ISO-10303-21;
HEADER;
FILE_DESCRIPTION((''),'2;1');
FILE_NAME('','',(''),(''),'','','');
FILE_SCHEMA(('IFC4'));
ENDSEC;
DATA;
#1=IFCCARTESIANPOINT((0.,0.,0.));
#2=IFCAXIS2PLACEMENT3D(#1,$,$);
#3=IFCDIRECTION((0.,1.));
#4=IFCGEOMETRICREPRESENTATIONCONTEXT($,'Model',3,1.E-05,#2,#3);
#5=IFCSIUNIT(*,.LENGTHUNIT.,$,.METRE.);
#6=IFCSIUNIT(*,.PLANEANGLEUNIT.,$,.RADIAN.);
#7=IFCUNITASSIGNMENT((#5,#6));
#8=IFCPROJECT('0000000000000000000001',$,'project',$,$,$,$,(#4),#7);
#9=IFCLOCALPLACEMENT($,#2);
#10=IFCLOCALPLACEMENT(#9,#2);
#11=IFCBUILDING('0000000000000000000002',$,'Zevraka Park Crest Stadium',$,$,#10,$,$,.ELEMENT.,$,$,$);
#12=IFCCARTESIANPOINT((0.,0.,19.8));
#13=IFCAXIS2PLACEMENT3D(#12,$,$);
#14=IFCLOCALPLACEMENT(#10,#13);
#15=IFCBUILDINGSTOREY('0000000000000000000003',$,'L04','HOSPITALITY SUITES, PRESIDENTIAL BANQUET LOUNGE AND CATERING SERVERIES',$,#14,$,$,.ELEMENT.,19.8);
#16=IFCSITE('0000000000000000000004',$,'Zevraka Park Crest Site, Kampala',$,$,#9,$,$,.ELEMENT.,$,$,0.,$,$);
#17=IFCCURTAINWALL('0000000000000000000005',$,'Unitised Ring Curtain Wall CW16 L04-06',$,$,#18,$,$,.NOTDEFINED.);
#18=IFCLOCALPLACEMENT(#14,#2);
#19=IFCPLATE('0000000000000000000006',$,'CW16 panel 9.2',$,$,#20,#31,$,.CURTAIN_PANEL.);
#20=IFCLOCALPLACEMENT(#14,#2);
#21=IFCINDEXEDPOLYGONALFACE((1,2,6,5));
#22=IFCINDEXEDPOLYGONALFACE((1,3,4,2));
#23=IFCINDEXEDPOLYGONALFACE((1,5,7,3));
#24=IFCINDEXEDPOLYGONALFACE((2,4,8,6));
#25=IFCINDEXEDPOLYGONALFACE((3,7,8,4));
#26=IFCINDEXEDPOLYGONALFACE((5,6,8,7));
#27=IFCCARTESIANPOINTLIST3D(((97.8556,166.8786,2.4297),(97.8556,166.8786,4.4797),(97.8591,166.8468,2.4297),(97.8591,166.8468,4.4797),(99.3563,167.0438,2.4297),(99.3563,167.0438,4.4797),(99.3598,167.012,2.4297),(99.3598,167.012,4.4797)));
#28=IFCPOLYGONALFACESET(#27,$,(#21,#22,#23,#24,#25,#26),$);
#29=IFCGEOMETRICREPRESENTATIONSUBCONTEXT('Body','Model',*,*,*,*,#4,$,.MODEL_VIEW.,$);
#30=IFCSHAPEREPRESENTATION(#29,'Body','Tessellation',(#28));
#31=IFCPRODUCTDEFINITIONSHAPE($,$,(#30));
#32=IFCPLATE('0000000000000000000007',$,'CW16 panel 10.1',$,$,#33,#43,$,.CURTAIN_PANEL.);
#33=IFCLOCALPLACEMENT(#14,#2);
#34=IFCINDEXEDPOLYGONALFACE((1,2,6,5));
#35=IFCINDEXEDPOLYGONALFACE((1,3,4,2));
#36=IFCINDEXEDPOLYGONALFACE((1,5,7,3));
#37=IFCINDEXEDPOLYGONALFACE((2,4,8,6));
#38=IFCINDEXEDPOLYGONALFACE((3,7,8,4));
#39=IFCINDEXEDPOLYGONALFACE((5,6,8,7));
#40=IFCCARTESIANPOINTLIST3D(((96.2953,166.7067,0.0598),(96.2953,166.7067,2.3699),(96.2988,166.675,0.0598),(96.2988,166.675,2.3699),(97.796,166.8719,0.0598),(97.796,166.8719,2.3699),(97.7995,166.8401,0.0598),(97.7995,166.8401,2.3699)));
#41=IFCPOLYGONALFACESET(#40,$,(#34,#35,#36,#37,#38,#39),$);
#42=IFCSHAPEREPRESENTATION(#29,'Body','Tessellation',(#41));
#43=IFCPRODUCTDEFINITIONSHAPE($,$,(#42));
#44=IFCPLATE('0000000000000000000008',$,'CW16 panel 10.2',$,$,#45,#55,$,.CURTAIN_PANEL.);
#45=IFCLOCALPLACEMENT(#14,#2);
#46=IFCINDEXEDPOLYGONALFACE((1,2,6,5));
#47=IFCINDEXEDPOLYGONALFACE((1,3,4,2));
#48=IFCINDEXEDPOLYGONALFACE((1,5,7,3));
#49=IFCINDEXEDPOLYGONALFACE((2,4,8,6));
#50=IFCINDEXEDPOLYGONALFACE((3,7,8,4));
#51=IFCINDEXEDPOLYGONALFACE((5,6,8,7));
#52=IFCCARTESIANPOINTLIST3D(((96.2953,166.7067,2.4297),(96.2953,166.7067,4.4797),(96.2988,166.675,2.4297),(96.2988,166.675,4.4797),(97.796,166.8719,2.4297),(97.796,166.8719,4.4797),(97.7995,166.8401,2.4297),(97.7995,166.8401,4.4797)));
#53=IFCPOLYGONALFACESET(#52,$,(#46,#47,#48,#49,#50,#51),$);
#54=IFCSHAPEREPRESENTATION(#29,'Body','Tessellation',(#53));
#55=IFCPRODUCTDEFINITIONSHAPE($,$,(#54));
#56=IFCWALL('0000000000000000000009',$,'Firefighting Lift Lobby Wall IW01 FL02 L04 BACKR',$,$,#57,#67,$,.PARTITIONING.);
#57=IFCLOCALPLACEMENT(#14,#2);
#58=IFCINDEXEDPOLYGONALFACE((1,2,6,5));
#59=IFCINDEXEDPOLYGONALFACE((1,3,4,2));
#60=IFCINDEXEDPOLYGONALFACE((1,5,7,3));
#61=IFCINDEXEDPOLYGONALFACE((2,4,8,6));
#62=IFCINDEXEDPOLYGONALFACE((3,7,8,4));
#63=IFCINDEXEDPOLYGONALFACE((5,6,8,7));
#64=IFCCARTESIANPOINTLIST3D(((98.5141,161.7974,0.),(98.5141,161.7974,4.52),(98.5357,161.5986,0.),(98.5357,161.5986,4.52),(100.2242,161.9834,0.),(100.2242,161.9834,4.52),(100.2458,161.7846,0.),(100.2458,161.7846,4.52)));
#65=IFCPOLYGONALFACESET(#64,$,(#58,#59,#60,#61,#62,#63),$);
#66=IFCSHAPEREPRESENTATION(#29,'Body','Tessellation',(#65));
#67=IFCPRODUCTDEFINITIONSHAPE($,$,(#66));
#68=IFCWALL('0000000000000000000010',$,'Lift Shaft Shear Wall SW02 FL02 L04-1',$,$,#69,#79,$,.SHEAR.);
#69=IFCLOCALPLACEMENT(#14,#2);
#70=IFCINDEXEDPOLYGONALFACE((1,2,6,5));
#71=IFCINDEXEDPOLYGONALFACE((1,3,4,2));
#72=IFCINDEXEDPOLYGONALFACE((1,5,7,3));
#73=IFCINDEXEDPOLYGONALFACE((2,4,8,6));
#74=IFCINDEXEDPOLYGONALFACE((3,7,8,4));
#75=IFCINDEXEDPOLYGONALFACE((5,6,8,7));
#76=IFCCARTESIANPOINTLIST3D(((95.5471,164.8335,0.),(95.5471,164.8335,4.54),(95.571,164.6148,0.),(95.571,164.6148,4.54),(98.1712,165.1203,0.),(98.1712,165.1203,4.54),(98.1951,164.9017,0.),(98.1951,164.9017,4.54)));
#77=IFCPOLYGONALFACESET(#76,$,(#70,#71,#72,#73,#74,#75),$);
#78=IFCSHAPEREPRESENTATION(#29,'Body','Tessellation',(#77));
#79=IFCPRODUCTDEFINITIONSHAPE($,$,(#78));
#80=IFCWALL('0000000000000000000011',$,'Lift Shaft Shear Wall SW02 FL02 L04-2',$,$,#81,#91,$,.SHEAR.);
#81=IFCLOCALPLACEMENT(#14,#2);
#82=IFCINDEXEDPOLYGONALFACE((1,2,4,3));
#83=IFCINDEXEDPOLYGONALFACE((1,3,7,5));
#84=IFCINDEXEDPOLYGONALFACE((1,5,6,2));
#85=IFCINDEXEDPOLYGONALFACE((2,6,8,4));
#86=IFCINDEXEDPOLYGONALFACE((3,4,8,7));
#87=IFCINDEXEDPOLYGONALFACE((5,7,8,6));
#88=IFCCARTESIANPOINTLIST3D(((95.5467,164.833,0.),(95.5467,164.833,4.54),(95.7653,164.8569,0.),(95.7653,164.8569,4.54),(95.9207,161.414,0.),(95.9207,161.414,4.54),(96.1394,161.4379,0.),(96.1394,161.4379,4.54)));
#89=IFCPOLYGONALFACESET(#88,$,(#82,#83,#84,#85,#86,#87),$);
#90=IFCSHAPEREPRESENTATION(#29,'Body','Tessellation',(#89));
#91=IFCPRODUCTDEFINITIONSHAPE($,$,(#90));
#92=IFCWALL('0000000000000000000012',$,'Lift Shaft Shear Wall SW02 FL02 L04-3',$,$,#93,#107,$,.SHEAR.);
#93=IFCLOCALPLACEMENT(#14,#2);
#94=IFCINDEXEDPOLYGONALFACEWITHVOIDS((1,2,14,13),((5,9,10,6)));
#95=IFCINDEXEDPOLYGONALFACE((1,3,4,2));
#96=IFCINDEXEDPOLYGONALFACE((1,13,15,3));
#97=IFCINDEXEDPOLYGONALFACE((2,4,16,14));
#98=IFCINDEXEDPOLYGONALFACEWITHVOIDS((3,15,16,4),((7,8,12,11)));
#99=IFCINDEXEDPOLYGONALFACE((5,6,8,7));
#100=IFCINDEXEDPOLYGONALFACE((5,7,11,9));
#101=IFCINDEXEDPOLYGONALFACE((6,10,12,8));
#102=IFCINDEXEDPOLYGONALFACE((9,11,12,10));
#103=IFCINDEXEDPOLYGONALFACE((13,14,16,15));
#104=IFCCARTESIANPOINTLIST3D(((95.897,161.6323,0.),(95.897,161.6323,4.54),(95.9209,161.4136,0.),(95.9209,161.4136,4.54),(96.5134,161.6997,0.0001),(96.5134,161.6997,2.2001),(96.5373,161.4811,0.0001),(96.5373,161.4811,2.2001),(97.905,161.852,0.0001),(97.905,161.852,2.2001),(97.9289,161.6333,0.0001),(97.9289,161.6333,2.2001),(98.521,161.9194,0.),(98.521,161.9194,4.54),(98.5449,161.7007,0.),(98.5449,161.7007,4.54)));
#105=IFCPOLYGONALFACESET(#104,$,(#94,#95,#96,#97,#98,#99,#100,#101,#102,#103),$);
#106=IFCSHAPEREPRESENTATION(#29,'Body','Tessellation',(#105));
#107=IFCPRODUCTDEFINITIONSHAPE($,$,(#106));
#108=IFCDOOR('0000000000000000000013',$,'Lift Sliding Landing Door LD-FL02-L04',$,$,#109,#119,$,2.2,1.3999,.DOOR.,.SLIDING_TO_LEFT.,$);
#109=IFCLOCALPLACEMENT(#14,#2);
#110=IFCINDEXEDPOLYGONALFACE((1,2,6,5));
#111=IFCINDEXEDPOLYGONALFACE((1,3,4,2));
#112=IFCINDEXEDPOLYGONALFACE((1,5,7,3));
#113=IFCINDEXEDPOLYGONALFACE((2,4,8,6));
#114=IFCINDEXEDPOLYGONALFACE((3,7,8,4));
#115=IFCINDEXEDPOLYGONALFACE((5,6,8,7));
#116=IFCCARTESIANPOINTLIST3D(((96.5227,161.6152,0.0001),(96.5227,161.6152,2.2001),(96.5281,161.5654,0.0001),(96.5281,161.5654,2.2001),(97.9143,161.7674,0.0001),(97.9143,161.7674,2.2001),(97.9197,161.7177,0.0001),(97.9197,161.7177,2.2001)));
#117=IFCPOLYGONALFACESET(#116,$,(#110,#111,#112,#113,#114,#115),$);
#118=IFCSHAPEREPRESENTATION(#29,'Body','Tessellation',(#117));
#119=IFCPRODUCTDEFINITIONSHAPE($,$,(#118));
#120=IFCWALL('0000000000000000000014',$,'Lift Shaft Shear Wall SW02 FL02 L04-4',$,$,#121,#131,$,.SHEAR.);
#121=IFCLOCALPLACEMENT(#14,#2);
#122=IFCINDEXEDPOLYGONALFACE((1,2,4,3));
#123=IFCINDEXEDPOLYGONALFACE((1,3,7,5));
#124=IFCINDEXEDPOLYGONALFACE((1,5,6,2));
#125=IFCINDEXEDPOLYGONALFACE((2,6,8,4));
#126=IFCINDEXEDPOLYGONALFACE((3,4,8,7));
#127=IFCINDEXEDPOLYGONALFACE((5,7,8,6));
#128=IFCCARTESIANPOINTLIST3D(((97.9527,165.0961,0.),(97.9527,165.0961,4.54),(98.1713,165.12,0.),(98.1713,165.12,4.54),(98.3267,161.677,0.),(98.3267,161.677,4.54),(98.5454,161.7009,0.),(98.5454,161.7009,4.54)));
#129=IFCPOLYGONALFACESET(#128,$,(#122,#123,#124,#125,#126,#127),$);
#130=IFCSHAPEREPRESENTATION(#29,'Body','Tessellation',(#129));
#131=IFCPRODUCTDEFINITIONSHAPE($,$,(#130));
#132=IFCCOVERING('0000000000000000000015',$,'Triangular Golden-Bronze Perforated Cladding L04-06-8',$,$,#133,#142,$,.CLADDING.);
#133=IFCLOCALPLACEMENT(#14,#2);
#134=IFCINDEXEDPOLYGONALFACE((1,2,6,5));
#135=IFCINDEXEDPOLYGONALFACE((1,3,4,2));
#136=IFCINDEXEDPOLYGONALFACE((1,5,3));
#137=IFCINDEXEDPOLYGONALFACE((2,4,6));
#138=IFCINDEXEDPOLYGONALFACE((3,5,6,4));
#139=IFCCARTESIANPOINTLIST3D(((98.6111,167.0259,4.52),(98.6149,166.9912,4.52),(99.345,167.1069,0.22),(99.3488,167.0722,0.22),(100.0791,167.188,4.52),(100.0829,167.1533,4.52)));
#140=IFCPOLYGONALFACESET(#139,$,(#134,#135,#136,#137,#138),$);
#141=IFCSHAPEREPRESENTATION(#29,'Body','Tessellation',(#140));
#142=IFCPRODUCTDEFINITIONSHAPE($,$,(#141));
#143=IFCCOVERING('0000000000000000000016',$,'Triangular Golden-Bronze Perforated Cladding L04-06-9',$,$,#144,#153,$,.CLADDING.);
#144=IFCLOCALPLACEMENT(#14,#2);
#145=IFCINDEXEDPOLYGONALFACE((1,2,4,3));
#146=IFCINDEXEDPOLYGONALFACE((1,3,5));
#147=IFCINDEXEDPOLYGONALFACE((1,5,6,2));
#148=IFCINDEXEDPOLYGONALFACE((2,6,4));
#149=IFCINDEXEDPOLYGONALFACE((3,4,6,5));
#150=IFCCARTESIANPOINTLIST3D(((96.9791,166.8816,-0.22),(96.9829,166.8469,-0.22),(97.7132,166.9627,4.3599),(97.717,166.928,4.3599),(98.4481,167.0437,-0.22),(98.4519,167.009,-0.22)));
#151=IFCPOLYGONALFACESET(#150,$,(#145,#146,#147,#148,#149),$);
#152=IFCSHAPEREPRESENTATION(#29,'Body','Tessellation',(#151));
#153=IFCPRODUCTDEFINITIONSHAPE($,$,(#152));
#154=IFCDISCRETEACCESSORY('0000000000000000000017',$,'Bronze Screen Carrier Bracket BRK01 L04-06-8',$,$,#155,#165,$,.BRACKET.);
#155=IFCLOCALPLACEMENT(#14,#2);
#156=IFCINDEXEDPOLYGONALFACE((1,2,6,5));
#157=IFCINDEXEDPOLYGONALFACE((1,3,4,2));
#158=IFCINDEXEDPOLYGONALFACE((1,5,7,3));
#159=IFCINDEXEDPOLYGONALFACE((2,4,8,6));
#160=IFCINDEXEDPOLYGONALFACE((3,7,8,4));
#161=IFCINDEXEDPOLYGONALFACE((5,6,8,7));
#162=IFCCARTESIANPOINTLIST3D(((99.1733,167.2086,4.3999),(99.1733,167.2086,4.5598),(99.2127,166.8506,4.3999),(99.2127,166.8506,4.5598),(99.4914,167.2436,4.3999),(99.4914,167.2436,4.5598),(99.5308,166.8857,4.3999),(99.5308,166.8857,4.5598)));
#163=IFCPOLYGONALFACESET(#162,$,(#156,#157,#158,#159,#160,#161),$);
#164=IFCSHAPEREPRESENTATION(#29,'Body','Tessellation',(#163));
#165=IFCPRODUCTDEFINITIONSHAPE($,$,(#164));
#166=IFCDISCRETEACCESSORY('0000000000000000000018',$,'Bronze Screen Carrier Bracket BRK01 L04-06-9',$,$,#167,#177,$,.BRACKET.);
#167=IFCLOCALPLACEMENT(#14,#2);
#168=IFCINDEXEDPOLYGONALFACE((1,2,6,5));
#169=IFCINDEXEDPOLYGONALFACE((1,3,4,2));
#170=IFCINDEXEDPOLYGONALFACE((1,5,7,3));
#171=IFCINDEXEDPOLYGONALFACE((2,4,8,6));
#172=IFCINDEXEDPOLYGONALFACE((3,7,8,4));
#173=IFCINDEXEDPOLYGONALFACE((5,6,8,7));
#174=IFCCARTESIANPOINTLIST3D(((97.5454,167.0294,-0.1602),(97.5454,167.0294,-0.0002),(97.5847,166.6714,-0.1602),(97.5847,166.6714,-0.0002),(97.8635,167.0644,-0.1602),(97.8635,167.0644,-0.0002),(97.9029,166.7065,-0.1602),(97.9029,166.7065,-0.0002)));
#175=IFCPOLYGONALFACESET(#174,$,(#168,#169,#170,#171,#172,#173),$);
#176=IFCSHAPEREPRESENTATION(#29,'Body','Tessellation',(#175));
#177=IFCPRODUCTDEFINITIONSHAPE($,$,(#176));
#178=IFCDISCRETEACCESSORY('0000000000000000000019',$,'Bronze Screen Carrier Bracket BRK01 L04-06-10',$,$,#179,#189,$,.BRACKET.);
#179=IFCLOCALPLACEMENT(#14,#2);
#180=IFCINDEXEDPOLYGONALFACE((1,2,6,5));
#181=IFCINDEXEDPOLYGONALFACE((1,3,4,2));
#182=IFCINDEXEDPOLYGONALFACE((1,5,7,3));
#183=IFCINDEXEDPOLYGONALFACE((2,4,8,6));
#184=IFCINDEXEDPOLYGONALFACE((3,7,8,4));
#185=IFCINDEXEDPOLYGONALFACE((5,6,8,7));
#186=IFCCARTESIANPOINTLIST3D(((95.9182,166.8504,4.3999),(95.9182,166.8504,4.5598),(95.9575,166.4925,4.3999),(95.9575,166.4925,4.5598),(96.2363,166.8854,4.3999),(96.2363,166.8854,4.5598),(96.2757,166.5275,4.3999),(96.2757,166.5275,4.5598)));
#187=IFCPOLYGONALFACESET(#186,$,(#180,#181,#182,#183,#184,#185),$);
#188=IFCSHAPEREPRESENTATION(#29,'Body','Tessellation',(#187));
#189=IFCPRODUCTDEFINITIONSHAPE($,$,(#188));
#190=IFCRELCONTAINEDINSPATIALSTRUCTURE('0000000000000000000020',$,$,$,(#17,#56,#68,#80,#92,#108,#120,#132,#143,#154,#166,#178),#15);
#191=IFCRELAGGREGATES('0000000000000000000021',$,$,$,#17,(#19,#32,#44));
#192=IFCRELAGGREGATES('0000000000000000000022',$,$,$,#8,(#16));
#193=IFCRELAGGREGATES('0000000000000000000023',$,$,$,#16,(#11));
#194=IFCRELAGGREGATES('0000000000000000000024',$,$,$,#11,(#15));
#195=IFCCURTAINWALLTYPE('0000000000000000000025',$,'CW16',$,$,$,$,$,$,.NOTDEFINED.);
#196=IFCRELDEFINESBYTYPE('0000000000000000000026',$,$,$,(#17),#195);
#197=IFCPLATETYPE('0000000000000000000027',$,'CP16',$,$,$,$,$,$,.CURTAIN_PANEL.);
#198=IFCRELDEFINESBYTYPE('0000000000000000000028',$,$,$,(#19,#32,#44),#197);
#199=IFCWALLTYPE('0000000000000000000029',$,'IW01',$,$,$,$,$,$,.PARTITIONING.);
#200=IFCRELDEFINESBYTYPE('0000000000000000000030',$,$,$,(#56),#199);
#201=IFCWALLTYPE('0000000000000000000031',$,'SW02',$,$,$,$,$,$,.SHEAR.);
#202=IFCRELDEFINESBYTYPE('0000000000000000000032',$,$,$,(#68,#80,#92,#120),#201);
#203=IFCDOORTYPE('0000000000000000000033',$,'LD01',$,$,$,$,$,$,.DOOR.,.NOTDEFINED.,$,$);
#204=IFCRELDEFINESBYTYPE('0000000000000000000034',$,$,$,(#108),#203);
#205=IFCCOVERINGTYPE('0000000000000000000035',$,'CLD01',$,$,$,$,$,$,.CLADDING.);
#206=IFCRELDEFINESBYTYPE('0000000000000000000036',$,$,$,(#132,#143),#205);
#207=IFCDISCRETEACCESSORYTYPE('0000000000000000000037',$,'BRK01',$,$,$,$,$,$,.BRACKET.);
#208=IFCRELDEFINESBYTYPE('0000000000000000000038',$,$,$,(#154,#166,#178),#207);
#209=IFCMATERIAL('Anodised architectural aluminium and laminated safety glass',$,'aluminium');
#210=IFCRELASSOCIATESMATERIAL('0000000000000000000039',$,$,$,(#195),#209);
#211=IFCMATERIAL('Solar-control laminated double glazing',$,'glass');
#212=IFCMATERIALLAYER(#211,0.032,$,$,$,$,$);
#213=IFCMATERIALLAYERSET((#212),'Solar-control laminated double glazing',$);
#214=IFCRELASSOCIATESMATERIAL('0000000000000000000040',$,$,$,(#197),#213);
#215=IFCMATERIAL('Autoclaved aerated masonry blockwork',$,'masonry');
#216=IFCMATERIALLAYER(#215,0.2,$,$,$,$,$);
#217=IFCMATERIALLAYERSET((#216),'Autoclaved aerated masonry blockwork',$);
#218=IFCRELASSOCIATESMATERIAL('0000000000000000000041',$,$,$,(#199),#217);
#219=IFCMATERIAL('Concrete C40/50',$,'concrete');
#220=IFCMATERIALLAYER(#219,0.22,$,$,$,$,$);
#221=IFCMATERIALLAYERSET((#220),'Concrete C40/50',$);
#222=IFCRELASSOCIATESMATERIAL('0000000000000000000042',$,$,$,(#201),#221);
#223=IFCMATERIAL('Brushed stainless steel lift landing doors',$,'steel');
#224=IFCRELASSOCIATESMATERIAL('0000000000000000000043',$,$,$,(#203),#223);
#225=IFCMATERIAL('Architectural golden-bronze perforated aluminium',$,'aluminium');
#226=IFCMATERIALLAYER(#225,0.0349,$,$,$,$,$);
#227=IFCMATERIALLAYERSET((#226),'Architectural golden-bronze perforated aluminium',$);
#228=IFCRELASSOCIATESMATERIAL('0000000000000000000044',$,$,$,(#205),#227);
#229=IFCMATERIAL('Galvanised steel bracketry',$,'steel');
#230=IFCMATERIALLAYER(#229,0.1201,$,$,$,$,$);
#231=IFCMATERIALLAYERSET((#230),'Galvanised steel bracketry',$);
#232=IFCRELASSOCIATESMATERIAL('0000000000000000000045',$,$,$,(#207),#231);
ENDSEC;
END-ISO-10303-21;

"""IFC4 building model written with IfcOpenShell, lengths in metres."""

from ifc_helpers import new_model, si_unit, direction, frame, frame_2d, origin, origin_2d, place, context, subcontext, project, spatial, polyline, rectangle, outline, extrude, material, layer, layer_set, type_object, element, fill, aggregate, save


model = new_model("IFC4")

# Units and contexts
model_context = context("Model", 3, precision=1e-05, world=origin(), true_north=direction((0.0, 1.0)))
body_context = subcontext(model_context, "Body", "Model", "MODEL_VIEW")
ifc_project = project(units=[si_unit("LENGTHUNIT", "METRE"), si_unit("PLANEANGLEUNIT", "RADIAN")], contexts=[model_context])

# Site, building, storey
site_placement = place(None, origin())
site = spatial("IfcSite", under=ifc_project, at=site_placement, Name="Zevraka Park Crest Site, Kampala", CompositionType="ELEMENT", RefElevation=0.0)
building_placement = place(site_placement, origin())
building = spatial("IfcBuilding", under=site, at=building_placement, Name="Zevraka Park Crest Stadium", CompositionType="ELEMENT")
storey_placement = place(building_placement, frame((0.0, 0.0, 19.8)))
storey = spatial("IfcBuildingStorey", under=building, at=storey_placement, Name="L04", Description="HOSPITALITY SUITES, PRESIDENTIAL BANQUET LOUNGE AND CATERING SERVERIES", CompositionType="ELEMENT", Elevation=19.8)

# Curtain wall, plates
ifc_material_1 = material(Name="Anodised architectural aluminium and laminated safety glass", Category="aluminium")
curtain_wall_type = type_object("IfcCurtainWallType", Name="CW16", PredefinedType="NOTDEFINED", material=ifc_material_1)
curtain_wall_placement = place(storey_placement, origin())
curtain_wall = element("IfcCurtainWall", 1, at=curtain_wall_placement, inside=storey, type_object=curtain_wall_type, Name="Unitised Ring Curtain Wall CW16 L04-06", PredefinedType="NOTDEFINED")
ifc_material_2 = material(Name="Solar-control laminated double glazing", Category="glass")
ifc_layer_1 = layer(ifc_material_2, 0.032)
ifc_layer_set_1 = layer_set([ifc_layer_1], Name="Solar-control laminated double glazing")
plate_type = type_object("IfcPlateType", Name="CP16", PredefinedType="CURTAIN_PANEL", material=ifc_layer_set_1)
plate_1_placement = place(storey_placement, frame((98.6077, 166.9453, 2.4297), z_axis=(0.0, 0.0, 1.0), x_axis=(-0.993997, -0.109406, 0.0)))
plate_1 = element("IfcPlate", 2, at=plate_1_placement, type_object=plate_type, Name="CW16 panel 9.2", PredefinedType="CURTAIN_PANEL", context=body_context, shape_type="SweptSolid", body=[
    extrude(rectangle(XDim=1.5098, YDim=0.032, at=origin_2d()), origin(), (0.0, 0.0, 1.0), 2.05),
])
plate_2_placement = place(storey_placement, frame((97.0474, 166.7734, 0.0598), z_axis=(0.0, 0.0, 1.0), x_axis=(-0.993997, -0.109406, 0.0)))
plate_2 = element("IfcPlate", 3, at=plate_2_placement, type_object=plate_type, Name="CW16 panel 10.1", PredefinedType="CURTAIN_PANEL", context=body_context, shape_type="SweptSolid", body=[
    extrude(rectangle(XDim=1.5098, YDim=0.032, at=origin_2d()), origin(), (0.0, 0.0, 1.0), 2.3101),
])
plate_3_placement = place(storey_placement, frame((97.0474, 166.7734, 2.4297), z_axis=(0.0, 0.0, 1.0), x_axis=(-0.993997, -0.109406, 0.0)))
plate_3 = element("IfcPlate", 4, at=plate_3_placement, type_object=plate_type, Name="CW16 panel 10.2", PredefinedType="CURTAIN_PANEL", context=body_context, shape_type="SweptSolid", body=[
    extrude(rectangle(XDim=1.5098, YDim=0.032, at=origin_2d()), origin(), (0.0, 0.0, 1.0), 2.05),
])
aggregate(curtain_wall, [plate_1, plate_2, plate_3])

# Walls
ifc_material_3 = material(Name="Autoclaved aerated masonry blockwork", Category="masonry")
ifc_layer_2 = layer(ifc_material_3, 0.2)
ifc_layer_set_2 = layer_set([ifc_layer_2], Name="Autoclaved aerated masonry blockwork")
wall_type_1 = type_object("IfcWallType", Name="IW01", PredefinedType="PARTITIONING", material=ifc_layer_set_2)
wall_1_placement = place(storey_placement, frame((98.5249, 161.698, 0.0), z_axis=(0.0, 0.0, 1.0), x_axis=(0.994136, 0.108142, 0.0)))
element("IfcWall", 5, at=wall_1_placement, inside=storey, type_object=wall_type_1, Name="Firefighting Lift Lobby Wall IW01 FL02 L04 BACKR", PredefinedType="PARTITIONING", context=body_context, shape_type="SweptSolid", body=[
    extrude(rectangle(XDim=1.7202, YDim=0.2, at=frame_2d((0.8601, 0.0))), origin(), (0.0, 0.0, 1.0), 4.52),
])
ifc_material_4 = material(Name="Concrete C40/50", Category="concrete")
ifc_layer_3 = layer(ifc_material_4, 0.22)
ifc_layer_set_3 = layer_set([ifc_layer_3], Name="Concrete C40/50")
wall_type_2 = type_object("IfcWallType", Name="SW02", PredefinedType="SHEAR", material=ifc_layer_set_3)
wall_2_placement = place(storey_placement, frame((98.1831, 165.011, 0.0), z_axis=(0.0, 0.0, 1.0), x_axis=(-0.994077, -0.108675, 0.0)))
element("IfcWall", 6, at=wall_2_placement, inside=storey, type_object=wall_type_2, Name="Lift Shaft Shear Wall SW02 FL02 L04-1", PredefinedType="SHEAR", context=body_context, shape_type="SweptSolid", body=[
    extrude(rectangle(XDim=2.6396, YDim=0.22, at=frame_2d((1.3198, 0.0))), origin(), (0.0, 0.0, 1.0), 4.54),
])
wall_3_placement = place(storey_placement, frame((95.656, 164.845, 0.0), z_axis=(0.0, 0.0, 1.0), x_axis=(0.108749, -0.994069, 0.0)))
element("IfcWall", 7, at=wall_3_placement, inside=storey, type_object=wall_type_2, Name="Lift Shaft Shear Wall SW02 FL02 L04-2", PredefinedType="SHEAR", context=body_context, shape_type="SweptSolid", body=[
    extrude(rectangle(XDim=3.4395, YDim=0.22, at=frame_2d((1.7197, 0.0))), origin(), (0.0, 0.0, 1.0), 4.54),
])

# Wall, opening, door
wall_4_placement = place(storey_placement, frame((95.9089, 161.5229, 0.0), z_axis=(0.0, 0.0, 1.0), x_axis=(0.994067, 0.108767, 0.0)))
wall_4 = element("IfcWall", 8, at=wall_4_placement, inside=storey, type_object=wall_type_2, Name="Lift Shaft Shear Wall SW02 FL02 L04-3", PredefinedType="SHEAR", context=body_context, shape_type="SweptSolid", body=[
    extrude(rectangle(XDim=2.6396, YDim=0.22, at=frame_2d((1.3198, 0.0))), origin(), (0.0, 0.0, 1.0), 4.54),
])
opening_placement = place(wall_4_placement, frame((0.6201, 0.0, 0.0)))
opening = element("IfcOpeningElement", 9, at=opening_placement, cuts=wall_4, PredefinedType="OPENING", context=body_context, shape_type="SweptSolid", body=[
    extrude(rectangle(XDim=1.3999, YDim=2.2, at=frame_2d((0.7, 1.1001))), frame((0.0, 0.1199, 0.0), z_axis=(0.0, -1.0, 0.0), x_axis=(1.0, 0.0, 0.0)), (0.0, 0.0, 1.0), 0.24),
])
ifc_material_5 = material(Name="Brushed stainless steel lift landing doors", Category="steel")
door_type = type_object("IfcDoorType", Name="LD01", OperationType="NOTDEFINED", PredefinedType="DOOR", material=ifc_material_5)
door_placement = place(opening_placement, origin())
door = element("IfcDoor", 10, at=door_placement, inside=storey, type_object=door_type, Name="Lift Sliding Landing Door LD-FL02-L04", OperationType="SLIDING_TO_LEFT", OverallHeight=2.2, OverallWidth=1.3999, PredefinedType="DOOR", context=body_context, shape_type="SweptSolid", body=[
    extrude(rectangle(XDim=1.3999, YDim=2.2, at=frame_2d((0.7, 1.1001))), frame((0.0, 0.0249, 0.0), z_axis=(0.0, -1.0, 0.0), x_axis=(1.0, 0.0, 0.0)), (0.0, 0.0, 1.0), 0.05),
])
fill(opening, door)

# Wall
wall_5_placement = place(storey_placement, frame((98.436, 161.689, 0.0), z_axis=(0.0, 0.0, 1.0), x_axis=(-0.108749, 0.994069, 0.0)))
element("IfcWall", 11, at=wall_5_placement, inside=storey, type_object=wall_type_2, Name="Lift Shaft Shear Wall SW02 FL02 L04-4", PredefinedType="SHEAR", context=body_context, shape_type="SweptSolid", body=[
    extrude(rectangle(XDim=3.4395, YDim=0.22, at=frame_2d((1.7197, 0.0))), origin(), (0.0, 0.0, 1.0), 4.54),
])

# Coverings
ifc_material_6 = material(Name="Architectural golden-bronze perforated aluminium", Category="aluminium")
ifc_layer_4 = layer(ifc_material_6, 0.0349)
ifc_layer_set_4 = layer_set([ifc_layer_4], Name="Architectural golden-bronze perforated aluminium")
covering_type = type_object("IfcCoveringType", Name="CLD01", PredefinedType="CLADDING", material=ifc_layer_set_4)
covering_1_placement = place(storey_placement, frame((98.6111, 167.0259, 4.52), z_axis=(-0.10976, 0.993958, 0.000003), x_axis=(0.993958, 0.10976, 0.0)))
element("IfcCovering", 12, at=covering_1_placement, inside=storey, type_object=covering_type, Name="Triangular Golden-Bronze Perforated Cladding L04-06-8", PredefinedType="CLADDING", context=body_context, shape_type="SweptSolid", body=[
    extrude(outline(polyline([(0.0, 0.0), (1.4769, 0.0), (0.7383, 4.3), (0.0, 0.0)])), origin(), (0.0, 0.0, -1.0), 0.0349),
])
covering_2_placement = place(storey_placement, frame((98.4519, 167.009, -0.22), z_axis=(0.109688, -0.993966, 0.000009), x_axis=(-0.993966, -0.109688, 0.0)))
element("IfcCovering", 13, at=covering_2_placement, inside=storey, type_object=covering_type, Name="Triangular Golden-Bronze Perforated Cladding L04-06-9", PredefinedType="CLADDING", context=body_context, shape_type="SweptSolid", body=[
    extrude(outline(polyline([(0.0, 0.0), (1.4779, 0.0), (0.7393, -4.5798), (0.0, 0.0)])), origin(), (0.0, 0.0, -1.0), 0.0349),
])

# Discrete accessories
ifc_material_7 = material(Name="Galvanised steel bracketry", Category="steel")
ifc_layer_5 = layer(ifc_material_7, 0.1201)
ifc_layer_set_5 = layer_set([ifc_layer_5], Name="Galvanised steel bracketry")
discrete_accessory_type = type_object("IfcDiscreteAccessoryType", Name="BRK01", PredefinedType="BRACKET", material=ifc_layer_set_5)
for number, where, z_axis, x_axis, name in (
    (14, (99.3521, 167.0471, 4.3999), (0.0, 0.0, 1.0), (-0.993999, -0.109387, 0.0), "Bronze Screen Carrier Bracket BRK01 L04-06-8"),
    (15, (97.7241, 166.8679, -0.1602), (0.0, 0.0, 1.0), (-0.993999, -0.109387, 0.0), "Bronze Screen Carrier Bracket BRK01 L04-06-9"),
    (16, (96.0969, 166.689, 4.3999), (0.0, 0.0, 1.0), (-0.993999, -0.109387, 0.0), "Bronze Screen Carrier Bracket BRK01 L04-06-10"),
):
    element("IfcDiscreteAccessory", number, at=place(storey_placement, frame(where, z_axis=z_axis, x_axis=x_axis)), inside=storey, type_object=discrete_accessory_type, Name=name, PredefinedType="BRACKET", context=body_context, shape_type="SweptSolid", body=[
        extrude(rectangle(XDim=0.3201, YDim=0.3601, at=origin_2d()), origin(), (0.0, 0.0, 1.0), 0.1599),
    ])

save(model, "model.ifc")
